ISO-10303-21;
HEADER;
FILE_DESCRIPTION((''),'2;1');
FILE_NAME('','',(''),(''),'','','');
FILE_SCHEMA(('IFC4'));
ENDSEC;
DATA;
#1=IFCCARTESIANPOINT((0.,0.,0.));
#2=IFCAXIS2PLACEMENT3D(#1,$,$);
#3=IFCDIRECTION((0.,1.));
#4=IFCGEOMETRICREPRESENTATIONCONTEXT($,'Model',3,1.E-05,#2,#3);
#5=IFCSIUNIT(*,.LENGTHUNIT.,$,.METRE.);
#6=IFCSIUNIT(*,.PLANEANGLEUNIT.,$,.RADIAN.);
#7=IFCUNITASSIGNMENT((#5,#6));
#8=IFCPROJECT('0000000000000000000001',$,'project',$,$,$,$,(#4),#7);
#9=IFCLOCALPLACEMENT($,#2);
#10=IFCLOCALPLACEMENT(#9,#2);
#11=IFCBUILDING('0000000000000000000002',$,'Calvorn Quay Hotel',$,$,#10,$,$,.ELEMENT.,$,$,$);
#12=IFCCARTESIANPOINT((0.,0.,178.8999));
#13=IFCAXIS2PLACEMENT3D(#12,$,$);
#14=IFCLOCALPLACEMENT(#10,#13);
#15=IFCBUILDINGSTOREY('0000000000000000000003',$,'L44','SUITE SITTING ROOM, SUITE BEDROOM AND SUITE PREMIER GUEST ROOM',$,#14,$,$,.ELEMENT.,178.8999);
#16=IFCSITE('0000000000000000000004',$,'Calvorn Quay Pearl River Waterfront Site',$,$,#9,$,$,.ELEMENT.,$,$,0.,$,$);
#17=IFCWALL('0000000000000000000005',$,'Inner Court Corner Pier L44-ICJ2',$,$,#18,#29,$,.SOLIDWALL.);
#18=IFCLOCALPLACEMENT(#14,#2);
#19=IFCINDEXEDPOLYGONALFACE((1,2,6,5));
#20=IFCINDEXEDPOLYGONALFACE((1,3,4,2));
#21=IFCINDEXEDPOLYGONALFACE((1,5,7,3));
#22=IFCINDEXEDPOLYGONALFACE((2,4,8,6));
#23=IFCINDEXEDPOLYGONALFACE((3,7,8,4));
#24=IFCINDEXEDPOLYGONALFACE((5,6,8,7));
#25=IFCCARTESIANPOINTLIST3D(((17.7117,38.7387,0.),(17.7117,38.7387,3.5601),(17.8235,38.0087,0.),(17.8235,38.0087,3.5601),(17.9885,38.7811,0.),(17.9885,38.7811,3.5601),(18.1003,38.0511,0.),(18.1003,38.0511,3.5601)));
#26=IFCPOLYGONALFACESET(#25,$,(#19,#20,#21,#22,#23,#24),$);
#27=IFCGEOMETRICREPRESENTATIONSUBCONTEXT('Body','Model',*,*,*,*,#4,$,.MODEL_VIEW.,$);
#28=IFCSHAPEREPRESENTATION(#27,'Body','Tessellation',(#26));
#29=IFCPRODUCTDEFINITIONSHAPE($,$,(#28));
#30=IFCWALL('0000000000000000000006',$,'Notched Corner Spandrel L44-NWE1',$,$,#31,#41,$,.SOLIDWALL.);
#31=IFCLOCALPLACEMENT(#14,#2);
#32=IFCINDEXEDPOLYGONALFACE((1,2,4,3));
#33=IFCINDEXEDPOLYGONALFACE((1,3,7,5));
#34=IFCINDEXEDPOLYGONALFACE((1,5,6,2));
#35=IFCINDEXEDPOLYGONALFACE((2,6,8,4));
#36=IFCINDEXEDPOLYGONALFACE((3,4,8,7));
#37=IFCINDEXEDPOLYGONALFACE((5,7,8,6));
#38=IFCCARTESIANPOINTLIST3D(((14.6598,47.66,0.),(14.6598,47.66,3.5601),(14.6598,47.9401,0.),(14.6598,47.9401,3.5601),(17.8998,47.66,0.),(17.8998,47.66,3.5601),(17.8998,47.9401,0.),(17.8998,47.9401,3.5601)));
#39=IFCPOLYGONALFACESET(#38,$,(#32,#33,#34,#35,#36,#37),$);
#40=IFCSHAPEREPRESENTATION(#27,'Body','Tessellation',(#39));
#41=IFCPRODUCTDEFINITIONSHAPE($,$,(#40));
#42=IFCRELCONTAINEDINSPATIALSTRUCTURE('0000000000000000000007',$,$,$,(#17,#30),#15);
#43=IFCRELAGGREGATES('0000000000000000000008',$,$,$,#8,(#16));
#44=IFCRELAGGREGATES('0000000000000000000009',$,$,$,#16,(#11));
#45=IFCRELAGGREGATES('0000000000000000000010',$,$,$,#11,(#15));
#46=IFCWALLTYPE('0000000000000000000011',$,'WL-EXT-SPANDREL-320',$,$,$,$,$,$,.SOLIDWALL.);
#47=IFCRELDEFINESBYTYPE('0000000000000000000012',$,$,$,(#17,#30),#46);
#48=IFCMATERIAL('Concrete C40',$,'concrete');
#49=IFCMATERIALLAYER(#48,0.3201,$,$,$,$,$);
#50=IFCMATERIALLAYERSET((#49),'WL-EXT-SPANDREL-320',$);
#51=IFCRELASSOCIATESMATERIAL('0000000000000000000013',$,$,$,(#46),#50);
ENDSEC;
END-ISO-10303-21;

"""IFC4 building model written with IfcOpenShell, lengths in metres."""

from ifc_helpers import new_model, si_unit, direction, frame, frame_2d, origin, place, context, subcontext, project, spatial, rectangle, extrude, material, layer, layer_set, type_object, element, save


model = new_model("IFC4")

# Units and contexts
model_context = context("Model", 3, precision=1e-05, world=origin(), true_north=direction((0.0, 1.0)))
body_context = subcontext(model_context, "Body", "Model", "MODEL_VIEW")
ifc_project = project(units=[si_unit("LENGTHUNIT", "METRE"), si_unit("PLANEANGLEUNIT", "RADIAN")], contexts=[model_context])

# Site, building, storey
site_placement = place(None, origin())
site = spatial("IfcSite", under=ifc_project, at=site_placement, Name="Calvorn Quay Pearl River Waterfront Site", CompositionType="ELEMENT", RefElevation=0.0)
building_placement = place(site_placement, origin())
building = spatial("IfcBuilding", under=site, at=building_placement, Name="Calvorn Quay Hotel", CompositionType="ELEMENT")
storey_placement = place(building_placement, frame((0.0, 0.0, 178.8999)))
storey = spatial("IfcBuildingStorey", under=building, at=storey_placement, Name="L44", Description="SUITE SITTING ROOM, SUITE BEDROOM AND SUITE PREMIER GUEST ROOM", CompositionType="ELEMENT", Elevation=178.8999)

# Walls
ifc_material_1 = material(Name="Concrete C40", Category="concrete")
ifc_layer_1 = layer(ifc_material_1, 0.3201)
ifc_layer_set_1 = layer_set([ifc_layer_1], Name="WL-EXT-SPANDREL-320")
wall_type = type_object("IfcWallType", Name="WL-EXT-SPANDREL-320", PredefinedType="SOLIDWALL", material=ifc_layer_set_1)
wall_1_placement = place(storey_placement, frame((17.9619, 38.03, 0.0), z_axis=(0.0, 0.0, 1.0), x_axis=(-0.151411, 0.988471, 0.0)))
element("IfcWall", 1, at=wall_1_placement, inside=storey, type_object=wall_type, Name="Inner Court Corner Pier L44-ICJ2", PredefinedType="SOLIDWALL", context=body_context, shape_type="SweptSolid", body=[
    extrude(rectangle(XDim=0.7385, YDim=0.28, at=frame_2d((0.3691, 0.0))), origin(), (0.0, 0.0, 1.0), 3.5601),
])
wall_2_placement = place(storey_placement, frame((17.8999, 47.8, 0.0), z_axis=(0.0, 0.0, 1.0), x_axis=(-1.0, 0.0, 0.0)))
element("IfcWall", 2, at=wall_2_placement, inside=storey, type_object=wall_type, Name="Notched Corner Spandrel L44-NWE1", PredefinedType="SOLIDWALL", context=body_context, shape_type="SweptSolid", body=[
    extrude(rectangle(XDim=3.24, YDim=0.28, at=frame_2d((1.6201, 0.0))), origin(), (0.0, 0.0, 1.0), 3.5601),
])

save(model, "model.ifc")
